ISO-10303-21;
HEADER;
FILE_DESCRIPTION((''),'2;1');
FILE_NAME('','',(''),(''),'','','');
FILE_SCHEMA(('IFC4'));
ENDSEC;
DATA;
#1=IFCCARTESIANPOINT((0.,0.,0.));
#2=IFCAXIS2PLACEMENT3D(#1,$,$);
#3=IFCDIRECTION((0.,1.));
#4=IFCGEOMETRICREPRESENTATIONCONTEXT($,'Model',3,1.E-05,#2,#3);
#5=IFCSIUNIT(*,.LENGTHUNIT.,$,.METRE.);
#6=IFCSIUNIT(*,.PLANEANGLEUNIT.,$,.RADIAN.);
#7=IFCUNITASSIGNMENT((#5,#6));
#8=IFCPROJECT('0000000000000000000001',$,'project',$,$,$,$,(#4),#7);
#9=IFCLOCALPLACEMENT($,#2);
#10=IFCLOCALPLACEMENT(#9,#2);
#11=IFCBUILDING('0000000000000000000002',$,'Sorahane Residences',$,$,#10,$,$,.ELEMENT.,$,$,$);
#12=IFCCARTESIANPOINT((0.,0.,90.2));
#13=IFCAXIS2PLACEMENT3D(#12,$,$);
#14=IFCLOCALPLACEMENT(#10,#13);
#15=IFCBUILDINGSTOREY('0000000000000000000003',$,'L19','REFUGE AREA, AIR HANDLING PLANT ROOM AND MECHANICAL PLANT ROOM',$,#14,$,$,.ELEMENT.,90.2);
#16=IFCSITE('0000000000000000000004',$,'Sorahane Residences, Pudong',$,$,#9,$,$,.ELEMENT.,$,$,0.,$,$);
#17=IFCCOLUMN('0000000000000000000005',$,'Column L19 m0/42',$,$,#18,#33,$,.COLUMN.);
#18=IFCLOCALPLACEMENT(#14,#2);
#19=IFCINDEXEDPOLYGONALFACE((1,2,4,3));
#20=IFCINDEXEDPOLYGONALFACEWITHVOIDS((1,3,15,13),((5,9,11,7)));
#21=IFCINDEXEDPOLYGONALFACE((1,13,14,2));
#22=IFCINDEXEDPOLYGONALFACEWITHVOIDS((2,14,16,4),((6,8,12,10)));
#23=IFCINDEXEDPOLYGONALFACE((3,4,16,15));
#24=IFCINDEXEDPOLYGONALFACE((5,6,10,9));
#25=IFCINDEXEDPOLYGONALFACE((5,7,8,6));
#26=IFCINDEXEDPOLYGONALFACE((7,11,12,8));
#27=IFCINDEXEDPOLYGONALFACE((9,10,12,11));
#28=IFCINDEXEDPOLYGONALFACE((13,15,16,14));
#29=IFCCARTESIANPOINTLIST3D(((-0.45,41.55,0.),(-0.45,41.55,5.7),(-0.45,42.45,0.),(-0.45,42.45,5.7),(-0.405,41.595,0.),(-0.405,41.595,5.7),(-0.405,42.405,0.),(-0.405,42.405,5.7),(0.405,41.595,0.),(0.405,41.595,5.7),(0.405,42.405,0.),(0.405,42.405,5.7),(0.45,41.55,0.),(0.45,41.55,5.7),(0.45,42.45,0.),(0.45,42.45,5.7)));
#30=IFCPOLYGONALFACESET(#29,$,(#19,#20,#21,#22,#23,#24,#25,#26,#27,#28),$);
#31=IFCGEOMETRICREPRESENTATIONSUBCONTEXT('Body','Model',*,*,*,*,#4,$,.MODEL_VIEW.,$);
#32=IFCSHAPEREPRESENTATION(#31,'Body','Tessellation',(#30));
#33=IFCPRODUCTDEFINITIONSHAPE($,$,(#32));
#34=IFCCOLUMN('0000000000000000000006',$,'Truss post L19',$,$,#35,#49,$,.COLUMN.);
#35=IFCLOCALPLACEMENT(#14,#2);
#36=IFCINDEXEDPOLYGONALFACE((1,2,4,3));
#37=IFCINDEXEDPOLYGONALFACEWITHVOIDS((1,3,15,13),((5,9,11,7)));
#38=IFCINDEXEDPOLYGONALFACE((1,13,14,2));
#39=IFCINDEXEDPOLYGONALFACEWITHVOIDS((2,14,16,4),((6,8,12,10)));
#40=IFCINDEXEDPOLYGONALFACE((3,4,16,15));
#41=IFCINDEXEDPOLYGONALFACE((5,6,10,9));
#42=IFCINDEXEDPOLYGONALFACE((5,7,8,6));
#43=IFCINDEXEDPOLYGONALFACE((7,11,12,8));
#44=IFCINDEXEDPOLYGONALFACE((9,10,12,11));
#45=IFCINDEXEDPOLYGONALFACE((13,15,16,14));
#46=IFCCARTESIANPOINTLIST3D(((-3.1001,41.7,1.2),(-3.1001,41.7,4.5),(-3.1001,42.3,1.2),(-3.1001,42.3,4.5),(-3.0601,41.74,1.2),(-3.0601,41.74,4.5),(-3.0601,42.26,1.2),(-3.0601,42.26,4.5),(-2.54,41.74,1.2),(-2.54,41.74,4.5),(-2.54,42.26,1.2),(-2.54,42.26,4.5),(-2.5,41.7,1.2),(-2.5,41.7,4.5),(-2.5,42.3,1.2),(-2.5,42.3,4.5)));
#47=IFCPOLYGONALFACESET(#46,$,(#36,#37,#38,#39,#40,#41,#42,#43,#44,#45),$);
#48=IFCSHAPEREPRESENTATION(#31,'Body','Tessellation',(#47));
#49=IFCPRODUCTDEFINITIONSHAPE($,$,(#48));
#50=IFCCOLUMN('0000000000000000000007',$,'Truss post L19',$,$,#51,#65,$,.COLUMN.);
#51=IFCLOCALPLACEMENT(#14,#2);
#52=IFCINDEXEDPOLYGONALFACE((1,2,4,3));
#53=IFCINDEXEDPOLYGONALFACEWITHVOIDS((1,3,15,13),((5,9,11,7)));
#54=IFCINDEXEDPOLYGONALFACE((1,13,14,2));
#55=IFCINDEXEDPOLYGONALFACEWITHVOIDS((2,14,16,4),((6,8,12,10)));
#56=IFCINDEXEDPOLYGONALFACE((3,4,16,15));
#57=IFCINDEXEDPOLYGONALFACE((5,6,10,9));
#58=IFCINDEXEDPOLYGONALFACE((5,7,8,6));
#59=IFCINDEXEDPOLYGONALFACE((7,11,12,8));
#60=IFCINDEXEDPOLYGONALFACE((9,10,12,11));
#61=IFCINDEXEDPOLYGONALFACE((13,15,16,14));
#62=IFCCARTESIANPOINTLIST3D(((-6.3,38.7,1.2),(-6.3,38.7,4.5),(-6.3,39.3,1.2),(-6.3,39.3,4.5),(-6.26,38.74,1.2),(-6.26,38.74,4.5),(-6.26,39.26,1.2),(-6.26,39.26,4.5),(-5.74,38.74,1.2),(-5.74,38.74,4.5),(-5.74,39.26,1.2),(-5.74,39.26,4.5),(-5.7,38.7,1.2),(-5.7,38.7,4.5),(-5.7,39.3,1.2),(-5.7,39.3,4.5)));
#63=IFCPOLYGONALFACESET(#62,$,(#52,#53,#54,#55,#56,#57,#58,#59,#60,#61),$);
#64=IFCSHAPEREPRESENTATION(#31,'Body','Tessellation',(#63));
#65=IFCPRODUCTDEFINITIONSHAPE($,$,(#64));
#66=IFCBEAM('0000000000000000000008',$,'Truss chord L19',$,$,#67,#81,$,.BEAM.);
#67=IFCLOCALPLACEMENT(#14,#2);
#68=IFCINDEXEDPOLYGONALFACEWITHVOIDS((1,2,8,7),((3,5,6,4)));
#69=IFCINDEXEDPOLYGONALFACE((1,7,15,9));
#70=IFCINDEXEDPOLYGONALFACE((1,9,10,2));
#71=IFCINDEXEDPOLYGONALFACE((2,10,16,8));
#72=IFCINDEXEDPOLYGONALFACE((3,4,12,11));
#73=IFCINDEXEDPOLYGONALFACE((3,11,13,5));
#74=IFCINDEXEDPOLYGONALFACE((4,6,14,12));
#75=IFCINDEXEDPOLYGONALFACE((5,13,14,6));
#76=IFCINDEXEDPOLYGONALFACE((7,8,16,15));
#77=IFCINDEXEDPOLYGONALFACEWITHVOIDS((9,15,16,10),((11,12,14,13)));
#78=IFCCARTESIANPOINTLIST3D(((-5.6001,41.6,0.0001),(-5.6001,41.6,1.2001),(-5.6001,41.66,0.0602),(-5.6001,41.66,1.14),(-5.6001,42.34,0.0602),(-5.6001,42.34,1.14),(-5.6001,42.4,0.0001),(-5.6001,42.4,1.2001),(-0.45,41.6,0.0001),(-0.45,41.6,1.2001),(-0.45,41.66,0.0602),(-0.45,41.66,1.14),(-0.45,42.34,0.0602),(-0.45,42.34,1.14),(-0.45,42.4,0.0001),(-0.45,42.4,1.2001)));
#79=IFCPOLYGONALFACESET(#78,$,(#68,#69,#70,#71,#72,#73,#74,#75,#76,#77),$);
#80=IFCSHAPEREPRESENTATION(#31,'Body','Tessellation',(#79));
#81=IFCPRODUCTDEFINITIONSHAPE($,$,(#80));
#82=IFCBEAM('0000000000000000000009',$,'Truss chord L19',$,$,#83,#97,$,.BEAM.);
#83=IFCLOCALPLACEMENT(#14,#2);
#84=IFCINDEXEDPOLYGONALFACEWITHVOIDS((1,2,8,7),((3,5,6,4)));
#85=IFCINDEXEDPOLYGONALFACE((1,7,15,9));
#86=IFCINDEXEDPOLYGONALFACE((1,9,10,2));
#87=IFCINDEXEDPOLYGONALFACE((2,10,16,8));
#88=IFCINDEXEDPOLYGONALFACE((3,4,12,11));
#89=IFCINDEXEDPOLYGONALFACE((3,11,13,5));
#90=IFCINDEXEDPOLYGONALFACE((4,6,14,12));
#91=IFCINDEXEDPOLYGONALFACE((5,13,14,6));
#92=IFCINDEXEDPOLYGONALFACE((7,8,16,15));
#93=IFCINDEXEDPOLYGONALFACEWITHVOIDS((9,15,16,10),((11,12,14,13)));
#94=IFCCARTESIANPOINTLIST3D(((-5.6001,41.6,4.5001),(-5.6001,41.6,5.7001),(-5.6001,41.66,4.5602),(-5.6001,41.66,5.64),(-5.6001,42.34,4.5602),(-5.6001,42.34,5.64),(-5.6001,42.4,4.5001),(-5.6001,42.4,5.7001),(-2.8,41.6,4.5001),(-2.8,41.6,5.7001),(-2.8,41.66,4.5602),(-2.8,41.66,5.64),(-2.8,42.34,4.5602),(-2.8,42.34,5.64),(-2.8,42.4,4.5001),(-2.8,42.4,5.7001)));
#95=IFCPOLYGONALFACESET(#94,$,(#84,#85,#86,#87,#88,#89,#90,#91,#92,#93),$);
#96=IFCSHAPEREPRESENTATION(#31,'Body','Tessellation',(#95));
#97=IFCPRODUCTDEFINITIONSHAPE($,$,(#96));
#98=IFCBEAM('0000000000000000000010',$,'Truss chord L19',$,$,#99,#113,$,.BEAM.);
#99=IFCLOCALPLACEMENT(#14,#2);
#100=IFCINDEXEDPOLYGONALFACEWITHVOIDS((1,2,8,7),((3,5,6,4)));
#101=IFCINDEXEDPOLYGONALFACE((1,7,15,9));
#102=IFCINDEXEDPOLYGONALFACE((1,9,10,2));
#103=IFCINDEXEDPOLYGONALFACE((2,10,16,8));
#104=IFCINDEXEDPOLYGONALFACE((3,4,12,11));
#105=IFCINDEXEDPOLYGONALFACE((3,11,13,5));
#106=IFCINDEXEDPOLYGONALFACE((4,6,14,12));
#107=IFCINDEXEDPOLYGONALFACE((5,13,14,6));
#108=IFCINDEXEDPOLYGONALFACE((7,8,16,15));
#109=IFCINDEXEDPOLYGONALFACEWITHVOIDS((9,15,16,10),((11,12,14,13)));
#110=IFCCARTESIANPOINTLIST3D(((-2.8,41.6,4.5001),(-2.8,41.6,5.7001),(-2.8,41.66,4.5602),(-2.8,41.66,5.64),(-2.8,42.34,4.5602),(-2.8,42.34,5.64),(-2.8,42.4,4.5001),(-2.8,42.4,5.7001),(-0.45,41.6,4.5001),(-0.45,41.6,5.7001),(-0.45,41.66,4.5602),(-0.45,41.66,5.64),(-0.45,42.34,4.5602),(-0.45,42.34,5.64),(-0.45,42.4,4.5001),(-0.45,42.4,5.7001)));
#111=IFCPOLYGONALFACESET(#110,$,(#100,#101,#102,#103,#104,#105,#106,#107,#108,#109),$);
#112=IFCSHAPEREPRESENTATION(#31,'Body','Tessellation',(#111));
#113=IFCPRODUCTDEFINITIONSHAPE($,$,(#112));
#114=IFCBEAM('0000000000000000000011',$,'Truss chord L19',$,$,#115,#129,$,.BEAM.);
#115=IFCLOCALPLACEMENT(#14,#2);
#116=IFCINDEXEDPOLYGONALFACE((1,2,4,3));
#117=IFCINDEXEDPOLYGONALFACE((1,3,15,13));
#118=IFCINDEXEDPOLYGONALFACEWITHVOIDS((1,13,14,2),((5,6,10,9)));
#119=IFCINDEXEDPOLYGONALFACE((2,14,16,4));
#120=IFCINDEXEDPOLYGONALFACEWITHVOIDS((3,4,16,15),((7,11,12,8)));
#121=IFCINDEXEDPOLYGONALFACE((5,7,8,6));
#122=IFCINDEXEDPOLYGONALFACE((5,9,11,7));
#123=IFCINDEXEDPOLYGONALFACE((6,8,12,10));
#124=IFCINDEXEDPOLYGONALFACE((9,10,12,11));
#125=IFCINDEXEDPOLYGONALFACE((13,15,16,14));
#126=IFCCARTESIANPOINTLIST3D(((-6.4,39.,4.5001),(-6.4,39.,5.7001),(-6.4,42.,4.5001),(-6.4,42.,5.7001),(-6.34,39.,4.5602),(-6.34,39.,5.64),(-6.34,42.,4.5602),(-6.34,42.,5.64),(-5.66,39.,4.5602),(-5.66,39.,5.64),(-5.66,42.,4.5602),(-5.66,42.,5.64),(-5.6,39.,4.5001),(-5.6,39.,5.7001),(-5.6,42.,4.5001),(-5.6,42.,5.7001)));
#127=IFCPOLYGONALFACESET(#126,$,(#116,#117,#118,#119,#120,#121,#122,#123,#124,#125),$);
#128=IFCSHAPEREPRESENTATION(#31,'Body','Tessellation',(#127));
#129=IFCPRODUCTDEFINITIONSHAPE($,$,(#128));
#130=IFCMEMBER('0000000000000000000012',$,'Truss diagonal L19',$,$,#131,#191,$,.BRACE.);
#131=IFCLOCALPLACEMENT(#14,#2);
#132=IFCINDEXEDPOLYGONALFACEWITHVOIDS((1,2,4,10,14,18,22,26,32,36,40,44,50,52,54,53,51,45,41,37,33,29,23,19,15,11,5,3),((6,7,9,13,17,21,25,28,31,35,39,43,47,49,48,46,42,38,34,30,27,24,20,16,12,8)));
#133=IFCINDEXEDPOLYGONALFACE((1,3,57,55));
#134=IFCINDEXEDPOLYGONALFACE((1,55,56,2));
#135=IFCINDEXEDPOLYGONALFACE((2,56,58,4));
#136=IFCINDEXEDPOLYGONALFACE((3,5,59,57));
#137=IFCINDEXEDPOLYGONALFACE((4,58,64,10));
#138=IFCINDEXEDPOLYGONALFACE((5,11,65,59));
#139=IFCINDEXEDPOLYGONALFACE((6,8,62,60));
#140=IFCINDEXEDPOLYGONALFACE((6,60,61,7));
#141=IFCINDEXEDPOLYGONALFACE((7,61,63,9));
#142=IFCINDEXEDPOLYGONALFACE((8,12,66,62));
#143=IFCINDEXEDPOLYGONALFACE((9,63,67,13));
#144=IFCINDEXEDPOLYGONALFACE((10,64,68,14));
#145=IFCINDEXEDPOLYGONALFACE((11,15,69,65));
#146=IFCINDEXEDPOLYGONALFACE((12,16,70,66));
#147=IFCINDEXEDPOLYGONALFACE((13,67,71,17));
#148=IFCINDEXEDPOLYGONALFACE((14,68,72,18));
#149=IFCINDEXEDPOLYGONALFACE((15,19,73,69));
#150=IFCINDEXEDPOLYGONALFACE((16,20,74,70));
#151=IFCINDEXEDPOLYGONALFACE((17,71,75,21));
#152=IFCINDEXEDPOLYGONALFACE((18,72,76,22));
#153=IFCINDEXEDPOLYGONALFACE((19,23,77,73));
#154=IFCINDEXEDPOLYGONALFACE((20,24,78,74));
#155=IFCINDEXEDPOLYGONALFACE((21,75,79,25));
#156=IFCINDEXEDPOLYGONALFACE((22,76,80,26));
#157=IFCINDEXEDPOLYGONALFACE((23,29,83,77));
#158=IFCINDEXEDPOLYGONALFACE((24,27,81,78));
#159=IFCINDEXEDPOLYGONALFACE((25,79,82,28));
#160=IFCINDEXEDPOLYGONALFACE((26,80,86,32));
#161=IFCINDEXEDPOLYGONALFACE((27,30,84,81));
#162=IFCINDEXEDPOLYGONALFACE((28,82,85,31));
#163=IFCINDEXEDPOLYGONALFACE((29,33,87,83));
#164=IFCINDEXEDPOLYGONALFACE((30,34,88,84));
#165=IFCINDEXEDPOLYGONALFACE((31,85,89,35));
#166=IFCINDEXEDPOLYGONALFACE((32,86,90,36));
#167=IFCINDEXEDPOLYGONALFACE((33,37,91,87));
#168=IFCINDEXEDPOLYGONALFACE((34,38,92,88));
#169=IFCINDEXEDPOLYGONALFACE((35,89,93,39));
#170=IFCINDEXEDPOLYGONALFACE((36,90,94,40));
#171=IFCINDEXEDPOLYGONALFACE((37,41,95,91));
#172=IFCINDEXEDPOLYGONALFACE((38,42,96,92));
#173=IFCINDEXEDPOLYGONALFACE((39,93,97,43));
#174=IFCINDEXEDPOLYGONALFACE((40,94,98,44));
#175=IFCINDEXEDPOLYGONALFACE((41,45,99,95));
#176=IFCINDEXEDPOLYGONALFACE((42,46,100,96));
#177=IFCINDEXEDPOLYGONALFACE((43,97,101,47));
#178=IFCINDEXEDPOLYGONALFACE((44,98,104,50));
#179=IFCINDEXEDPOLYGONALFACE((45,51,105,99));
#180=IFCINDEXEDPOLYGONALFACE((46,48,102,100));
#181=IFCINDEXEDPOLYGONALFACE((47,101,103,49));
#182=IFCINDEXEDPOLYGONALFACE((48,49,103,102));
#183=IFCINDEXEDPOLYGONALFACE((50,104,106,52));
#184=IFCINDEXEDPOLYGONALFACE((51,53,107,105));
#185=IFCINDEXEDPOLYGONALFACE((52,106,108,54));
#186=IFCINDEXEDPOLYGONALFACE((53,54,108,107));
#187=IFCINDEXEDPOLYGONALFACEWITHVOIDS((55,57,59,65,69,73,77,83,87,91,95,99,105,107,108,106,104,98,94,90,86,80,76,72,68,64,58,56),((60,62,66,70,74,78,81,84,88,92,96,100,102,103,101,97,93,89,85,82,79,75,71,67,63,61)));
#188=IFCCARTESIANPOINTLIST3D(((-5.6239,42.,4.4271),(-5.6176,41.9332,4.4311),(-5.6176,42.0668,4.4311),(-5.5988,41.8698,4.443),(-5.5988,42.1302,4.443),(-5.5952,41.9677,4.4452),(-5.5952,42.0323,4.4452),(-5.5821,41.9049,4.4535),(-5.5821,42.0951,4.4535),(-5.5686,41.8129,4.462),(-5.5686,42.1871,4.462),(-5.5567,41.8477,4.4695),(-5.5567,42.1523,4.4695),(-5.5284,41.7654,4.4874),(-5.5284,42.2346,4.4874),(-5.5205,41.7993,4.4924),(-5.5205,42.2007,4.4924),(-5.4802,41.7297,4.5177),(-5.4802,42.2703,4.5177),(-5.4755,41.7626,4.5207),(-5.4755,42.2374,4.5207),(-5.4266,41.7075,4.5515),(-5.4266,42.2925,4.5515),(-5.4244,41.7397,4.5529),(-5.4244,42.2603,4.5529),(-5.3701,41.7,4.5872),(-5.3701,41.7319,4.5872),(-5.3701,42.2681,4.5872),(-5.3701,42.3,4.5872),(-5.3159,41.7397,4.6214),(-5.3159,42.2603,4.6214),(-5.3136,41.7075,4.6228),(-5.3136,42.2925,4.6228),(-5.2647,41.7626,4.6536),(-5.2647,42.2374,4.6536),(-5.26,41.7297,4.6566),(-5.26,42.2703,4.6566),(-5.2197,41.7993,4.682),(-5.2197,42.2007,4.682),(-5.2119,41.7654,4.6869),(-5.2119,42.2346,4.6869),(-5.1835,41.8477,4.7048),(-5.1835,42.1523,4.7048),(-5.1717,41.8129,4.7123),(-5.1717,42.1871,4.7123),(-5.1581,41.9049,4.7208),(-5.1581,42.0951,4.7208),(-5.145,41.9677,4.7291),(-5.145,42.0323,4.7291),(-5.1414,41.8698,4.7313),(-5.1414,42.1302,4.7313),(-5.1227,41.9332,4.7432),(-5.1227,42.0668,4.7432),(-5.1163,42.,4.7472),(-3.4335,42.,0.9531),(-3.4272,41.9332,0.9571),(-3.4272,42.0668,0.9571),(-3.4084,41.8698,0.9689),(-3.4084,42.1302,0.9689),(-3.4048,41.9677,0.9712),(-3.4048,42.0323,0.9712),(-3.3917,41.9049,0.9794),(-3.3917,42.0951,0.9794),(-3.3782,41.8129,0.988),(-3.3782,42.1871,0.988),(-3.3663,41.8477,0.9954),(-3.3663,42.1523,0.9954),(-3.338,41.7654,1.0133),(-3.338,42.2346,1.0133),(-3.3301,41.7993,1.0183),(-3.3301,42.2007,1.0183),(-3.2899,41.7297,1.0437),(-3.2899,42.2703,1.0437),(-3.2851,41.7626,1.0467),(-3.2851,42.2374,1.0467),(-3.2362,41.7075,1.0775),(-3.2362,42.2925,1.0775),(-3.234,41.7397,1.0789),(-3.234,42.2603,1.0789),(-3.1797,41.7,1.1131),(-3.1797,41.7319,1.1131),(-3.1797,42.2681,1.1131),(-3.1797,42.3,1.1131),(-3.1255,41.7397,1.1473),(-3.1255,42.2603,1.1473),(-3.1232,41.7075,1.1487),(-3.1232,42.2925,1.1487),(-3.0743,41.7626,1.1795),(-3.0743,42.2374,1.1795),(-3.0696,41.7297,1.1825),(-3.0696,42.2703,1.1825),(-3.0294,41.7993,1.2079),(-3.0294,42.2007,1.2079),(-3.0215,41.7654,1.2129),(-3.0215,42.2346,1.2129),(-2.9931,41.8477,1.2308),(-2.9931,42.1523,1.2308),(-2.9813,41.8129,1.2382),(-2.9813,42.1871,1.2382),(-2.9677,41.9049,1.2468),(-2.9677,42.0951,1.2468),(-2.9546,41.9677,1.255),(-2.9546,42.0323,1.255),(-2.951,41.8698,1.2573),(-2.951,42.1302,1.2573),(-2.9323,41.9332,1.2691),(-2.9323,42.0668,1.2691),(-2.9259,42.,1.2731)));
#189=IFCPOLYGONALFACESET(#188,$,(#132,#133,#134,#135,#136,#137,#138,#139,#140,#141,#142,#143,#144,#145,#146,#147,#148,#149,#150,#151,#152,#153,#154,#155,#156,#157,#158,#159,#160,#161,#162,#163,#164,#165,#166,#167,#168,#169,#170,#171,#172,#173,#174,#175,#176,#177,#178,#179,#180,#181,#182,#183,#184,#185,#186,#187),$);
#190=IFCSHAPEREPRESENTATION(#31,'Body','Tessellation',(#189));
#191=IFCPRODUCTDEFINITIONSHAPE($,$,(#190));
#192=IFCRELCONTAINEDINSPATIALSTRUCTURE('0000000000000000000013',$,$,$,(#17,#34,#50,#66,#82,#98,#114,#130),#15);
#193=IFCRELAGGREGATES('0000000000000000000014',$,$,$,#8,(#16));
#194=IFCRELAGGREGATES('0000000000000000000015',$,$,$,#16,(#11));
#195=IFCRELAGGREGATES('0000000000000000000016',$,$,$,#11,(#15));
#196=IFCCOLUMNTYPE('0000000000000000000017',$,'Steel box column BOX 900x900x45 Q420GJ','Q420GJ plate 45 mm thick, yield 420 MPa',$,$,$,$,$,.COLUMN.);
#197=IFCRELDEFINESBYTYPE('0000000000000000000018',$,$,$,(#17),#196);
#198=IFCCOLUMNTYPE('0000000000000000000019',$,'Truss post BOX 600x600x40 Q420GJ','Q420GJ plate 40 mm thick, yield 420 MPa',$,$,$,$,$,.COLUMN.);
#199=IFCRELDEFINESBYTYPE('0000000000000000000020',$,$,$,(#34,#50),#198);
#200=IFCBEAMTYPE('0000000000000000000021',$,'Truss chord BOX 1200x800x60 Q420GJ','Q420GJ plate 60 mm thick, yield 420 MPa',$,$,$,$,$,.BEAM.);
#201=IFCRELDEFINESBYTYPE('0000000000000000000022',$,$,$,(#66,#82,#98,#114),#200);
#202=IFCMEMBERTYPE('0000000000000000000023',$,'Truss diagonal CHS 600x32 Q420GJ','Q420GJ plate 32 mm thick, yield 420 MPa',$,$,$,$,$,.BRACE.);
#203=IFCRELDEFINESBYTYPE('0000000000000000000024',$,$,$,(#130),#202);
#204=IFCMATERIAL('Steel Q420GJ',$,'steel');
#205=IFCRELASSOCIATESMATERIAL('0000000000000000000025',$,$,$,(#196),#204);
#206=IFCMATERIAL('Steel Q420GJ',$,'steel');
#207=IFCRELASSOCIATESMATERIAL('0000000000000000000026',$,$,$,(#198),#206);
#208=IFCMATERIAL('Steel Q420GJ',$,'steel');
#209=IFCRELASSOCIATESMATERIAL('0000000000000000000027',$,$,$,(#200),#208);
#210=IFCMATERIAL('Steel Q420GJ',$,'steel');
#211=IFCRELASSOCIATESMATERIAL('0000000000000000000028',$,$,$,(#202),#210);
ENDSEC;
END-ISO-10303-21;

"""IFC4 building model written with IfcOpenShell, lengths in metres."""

from ifc_helpers import new_model, si_unit, direction, frame, origin, origin_2d, place, context, subcontext, project, spatial, hollow_rectangle, hollow_circle, extrude, material, material_profile, profile_set, type_object, element, save


model = new_model("IFC4")

# Units and contexts
model_context = context("Model", 3, precision=1e-05, world=origin(), true_north=direction((0.0, 1.0)))
body_context = subcontext(model_context, "Body", "Model", "MODEL_VIEW")
ifc_project = project(units=[si_unit("LENGTHUNIT", "METRE"), si_unit("PLANEANGLEUNIT", "RADIAN")], contexts=[model_context])

# Site, building, storey
site_placement = place(None, origin())
site = spatial("IfcSite", under=ifc_project, at=site_placement, Name="Sorahane Residences, Pudong", CompositionType="ELEMENT", RefElevation=0.0)
building_placement = place(site_placement, origin())
building = spatial("IfcBuilding", under=site, at=building_placement, Name="Sorahane Residences", CompositionType="ELEMENT")
storey_placement = place(building_placement, frame((0.0, 0.0, 90.2)))
storey = spatial("IfcBuildingStorey", under=building, at=storey_placement, Name="L19", Description="REFUGE AREA, AIR HANDLING PLANT ROOM AND MECHANICAL PLANT ROOM", CompositionType="ELEMENT", Elevation=90.2)

# Columns
ifc_material_1 = material(Name="Steel Q420GJ", Category="steel")
ifc_material_profile_1 = material_profile(ifc_material_1, hollow_rectangle(XDim=0.8999, YDim=0.8999, WallThickness=0.0449, at=origin_2d()), Name="BOX 900x900x45")
ifc_profile_set_1 = profile_set([ifc_material_profile_1], Name="Steel Q420GJ")
column_type_1 = type_object("IfcColumnType", Name="Steel box column BOX 900x900x45 Q420GJ", Description="Q420GJ plate 45 mm thick, yield 420 MPa", PredefinedType="COLUMN", material=ifc_profile_set_1)
column_placement = place(storey_placement, frame((0.0, 42.0, 0.0), z_axis=(0.0, 0.0, 1.0), x_axis=(1.0, 0.0, 0.0)))
element("IfcColumn", 1, at=column_placement, inside=storey, type_object=column_type_1, Name="Column L19 m0/42", PredefinedType="COLUMN", context=body_context, shape_type="SweptSolid", body=[
    extrude(hollow_rectangle(XDim=0.8999, YDim=0.8999, WallThickness=0.0449, at=origin_2d()), origin(), (0.0, 0.0, 1.0), 5.7),
])
ifc_material_2 = material(Name="Steel Q420GJ", Category="steel")
ifc_material_profile_2 = material_profile(ifc_material_2, hollow_rectangle(XDim=0.6001, YDim=0.6001, WallThickness=0.04, at=origin_2d()), Name="BOX 600x600x40")
ifc_profile_set_2 = profile_set([ifc_material_profile_2], Name="Steel Q420GJ")
column_type_2 = type_object("IfcColumnType", Name="Truss post BOX 600x600x40 Q420GJ", Description="Q420GJ plate 40 mm thick, yield 420 MPa", PredefinedType="COLUMN", material=ifc_profile_set_2)
for number, where, z_axis, x_axis, name in (
    (2, (-2.8, 42.0, 1.2), (0.0, 0.0, 1.0), (1.0, 0.0, 0.0), "Truss post L19"),
    (3, (-6.0, 39.0, 1.2), (0.0, 0.0, 1.0), (1.0, 0.0, 0.0), "Truss post L19"),
):
    element("IfcColumn", number, at=place(storey_placement, frame(where, z_axis=z_axis, x_axis=x_axis)), inside=storey, type_object=column_type_2, Name=name, PredefinedType="COLUMN", context=body_context, shape_type="SweptSolid", body=[
        extrude(hollow_rectangle(XDim=0.6001, YDim=0.6001, WallThickness=0.04, at=origin_2d()), origin(), (0.0, 0.0, 1.0), 3.3),
    ])

# Beams
ifc_material_3 = material(Name="Steel Q420GJ", Category="steel")
ifc_material_profile_3 = material_profile(ifc_material_3, hollow_rectangle(XDim=0.8, YDim=1.2, WallThickness=0.0601, at=origin_2d()), Name="BOX 1200x800x60")
ifc_profile_set_3 = profile_set([ifc_material_profile_3], Name="Steel Q420GJ")
beam_type = type_object("IfcBeamType", Name="Truss chord BOX 1200x800x60 Q420GJ", Description="Q420GJ plate 60 mm thick, yield 420 MPa", PredefinedType="BEAM", material=ifc_profile_set_3)
beam_1_placement = place(storey_placement, frame((-5.6001, 42.0, 0.6001), z_axis=(1.0, 0.0, 0.0), x_axis=(0.0, 1.0, 0.0)))
element("IfcBeam", 4, at=beam_1_placement, inside=storey, type_object=beam_type, Name="Truss chord L19", PredefinedType="BEAM", context=body_context, shape_type="SweptSolid", body=[
    extrude(hollow_rectangle(XDim=0.8, YDim=1.2, WallThickness=0.0601, at=origin_2d()), origin(), (0.0, 0.0, 1.0), 5.1501),
])
beam_2_placement = place(storey_placement, frame((-5.6001, 42.0, 5.1001), z_axis=(1.0, 0.0, 0.0), x_axis=(0.0, 1.0, 0.0)))
element("IfcBeam", 5, at=beam_2_placement, inside=storey, type_object=beam_type, Name="Truss chord L19", PredefinedType="BEAM", context=body_context, shape_type="SweptSolid", body=[
    extrude(hollow_rectangle(XDim=0.8, YDim=1.2, WallThickness=0.0601, at=origin_2d()), origin(), (0.0, 0.0, 1.0), 2.8),
])
beam_3_placement = place(storey_placement, frame((-2.8, 42.0, 5.1001), z_axis=(1.0, 0.0, 0.0), x_axis=(0.0, 1.0, 0.0)))
element("IfcBeam", 6, at=beam_3_placement, inside=storey, type_object=beam_type, Name="Truss chord L19", PredefinedType="BEAM", context=body_context, shape_type="SweptSolid", body=[
    extrude(hollow_rectangle(XDim=0.8, YDim=1.2, WallThickness=0.0601, at=origin_2d()), origin(), (0.0, 0.0, 1.0), 2.3501),
])
beam_4_placement = place(storey_placement, frame((-6.0, 39.0, 5.1001), z_axis=(0.0, 1.0, 0.0), x_axis=(-1.0, 0.0, 0.0)))
element("IfcBeam", 7, at=beam_4_placement, inside=storey, type_object=beam_type, Name="Truss chord L19", PredefinedType="BEAM", context=body_context, shape_type="SweptSolid", body=[
    extrude(hollow_rectangle(XDim=0.8, YDim=1.2, WallThickness=0.0601, at=origin_2d()), origin(), (0.0, 0.0, 1.0), 3.0),
])

# Member
ifc_material_4 = material(Name="Steel Q420GJ", Category="steel")
ifc_material_profile_4 = material_profile(ifc_material_4, hollow_circle(Radius=0.3, WallThickness=0.032, at=origin_2d()), Name="CHS 600x32")
ifc_profile_set_4 = profile_set([ifc_material_profile_4], Name="Steel Q420GJ")
member_type = type_object("IfcMemberType", Name="Truss diagonal CHS 600x32 Q420GJ", Description="Q420GJ plate 32 mm thick, yield 420 MPa", PredefinedType="BRACE", material=ifc_profile_set_4)
member_1_placement = place(storey_placement, frame((-5.3701, 42.0, 4.5872), z_axis=(0.53334, 0.0, -0.845901), x_axis=(0.0, 1.0, 0.0)))
element("IfcMember", 8, at=member_1_placement, inside=storey, type_object=member_type, Name="Truss diagonal L19", PredefinedType="BRACE", context=body_context, shape_type="SweptSolid", body=[
    extrude(hollow_circle(Radius=0.3, WallThickness=0.032, at=origin_2d()), origin(), (0.0, 0.0, 1.0), 4.1069),
])

save(model, "model.ifc")
